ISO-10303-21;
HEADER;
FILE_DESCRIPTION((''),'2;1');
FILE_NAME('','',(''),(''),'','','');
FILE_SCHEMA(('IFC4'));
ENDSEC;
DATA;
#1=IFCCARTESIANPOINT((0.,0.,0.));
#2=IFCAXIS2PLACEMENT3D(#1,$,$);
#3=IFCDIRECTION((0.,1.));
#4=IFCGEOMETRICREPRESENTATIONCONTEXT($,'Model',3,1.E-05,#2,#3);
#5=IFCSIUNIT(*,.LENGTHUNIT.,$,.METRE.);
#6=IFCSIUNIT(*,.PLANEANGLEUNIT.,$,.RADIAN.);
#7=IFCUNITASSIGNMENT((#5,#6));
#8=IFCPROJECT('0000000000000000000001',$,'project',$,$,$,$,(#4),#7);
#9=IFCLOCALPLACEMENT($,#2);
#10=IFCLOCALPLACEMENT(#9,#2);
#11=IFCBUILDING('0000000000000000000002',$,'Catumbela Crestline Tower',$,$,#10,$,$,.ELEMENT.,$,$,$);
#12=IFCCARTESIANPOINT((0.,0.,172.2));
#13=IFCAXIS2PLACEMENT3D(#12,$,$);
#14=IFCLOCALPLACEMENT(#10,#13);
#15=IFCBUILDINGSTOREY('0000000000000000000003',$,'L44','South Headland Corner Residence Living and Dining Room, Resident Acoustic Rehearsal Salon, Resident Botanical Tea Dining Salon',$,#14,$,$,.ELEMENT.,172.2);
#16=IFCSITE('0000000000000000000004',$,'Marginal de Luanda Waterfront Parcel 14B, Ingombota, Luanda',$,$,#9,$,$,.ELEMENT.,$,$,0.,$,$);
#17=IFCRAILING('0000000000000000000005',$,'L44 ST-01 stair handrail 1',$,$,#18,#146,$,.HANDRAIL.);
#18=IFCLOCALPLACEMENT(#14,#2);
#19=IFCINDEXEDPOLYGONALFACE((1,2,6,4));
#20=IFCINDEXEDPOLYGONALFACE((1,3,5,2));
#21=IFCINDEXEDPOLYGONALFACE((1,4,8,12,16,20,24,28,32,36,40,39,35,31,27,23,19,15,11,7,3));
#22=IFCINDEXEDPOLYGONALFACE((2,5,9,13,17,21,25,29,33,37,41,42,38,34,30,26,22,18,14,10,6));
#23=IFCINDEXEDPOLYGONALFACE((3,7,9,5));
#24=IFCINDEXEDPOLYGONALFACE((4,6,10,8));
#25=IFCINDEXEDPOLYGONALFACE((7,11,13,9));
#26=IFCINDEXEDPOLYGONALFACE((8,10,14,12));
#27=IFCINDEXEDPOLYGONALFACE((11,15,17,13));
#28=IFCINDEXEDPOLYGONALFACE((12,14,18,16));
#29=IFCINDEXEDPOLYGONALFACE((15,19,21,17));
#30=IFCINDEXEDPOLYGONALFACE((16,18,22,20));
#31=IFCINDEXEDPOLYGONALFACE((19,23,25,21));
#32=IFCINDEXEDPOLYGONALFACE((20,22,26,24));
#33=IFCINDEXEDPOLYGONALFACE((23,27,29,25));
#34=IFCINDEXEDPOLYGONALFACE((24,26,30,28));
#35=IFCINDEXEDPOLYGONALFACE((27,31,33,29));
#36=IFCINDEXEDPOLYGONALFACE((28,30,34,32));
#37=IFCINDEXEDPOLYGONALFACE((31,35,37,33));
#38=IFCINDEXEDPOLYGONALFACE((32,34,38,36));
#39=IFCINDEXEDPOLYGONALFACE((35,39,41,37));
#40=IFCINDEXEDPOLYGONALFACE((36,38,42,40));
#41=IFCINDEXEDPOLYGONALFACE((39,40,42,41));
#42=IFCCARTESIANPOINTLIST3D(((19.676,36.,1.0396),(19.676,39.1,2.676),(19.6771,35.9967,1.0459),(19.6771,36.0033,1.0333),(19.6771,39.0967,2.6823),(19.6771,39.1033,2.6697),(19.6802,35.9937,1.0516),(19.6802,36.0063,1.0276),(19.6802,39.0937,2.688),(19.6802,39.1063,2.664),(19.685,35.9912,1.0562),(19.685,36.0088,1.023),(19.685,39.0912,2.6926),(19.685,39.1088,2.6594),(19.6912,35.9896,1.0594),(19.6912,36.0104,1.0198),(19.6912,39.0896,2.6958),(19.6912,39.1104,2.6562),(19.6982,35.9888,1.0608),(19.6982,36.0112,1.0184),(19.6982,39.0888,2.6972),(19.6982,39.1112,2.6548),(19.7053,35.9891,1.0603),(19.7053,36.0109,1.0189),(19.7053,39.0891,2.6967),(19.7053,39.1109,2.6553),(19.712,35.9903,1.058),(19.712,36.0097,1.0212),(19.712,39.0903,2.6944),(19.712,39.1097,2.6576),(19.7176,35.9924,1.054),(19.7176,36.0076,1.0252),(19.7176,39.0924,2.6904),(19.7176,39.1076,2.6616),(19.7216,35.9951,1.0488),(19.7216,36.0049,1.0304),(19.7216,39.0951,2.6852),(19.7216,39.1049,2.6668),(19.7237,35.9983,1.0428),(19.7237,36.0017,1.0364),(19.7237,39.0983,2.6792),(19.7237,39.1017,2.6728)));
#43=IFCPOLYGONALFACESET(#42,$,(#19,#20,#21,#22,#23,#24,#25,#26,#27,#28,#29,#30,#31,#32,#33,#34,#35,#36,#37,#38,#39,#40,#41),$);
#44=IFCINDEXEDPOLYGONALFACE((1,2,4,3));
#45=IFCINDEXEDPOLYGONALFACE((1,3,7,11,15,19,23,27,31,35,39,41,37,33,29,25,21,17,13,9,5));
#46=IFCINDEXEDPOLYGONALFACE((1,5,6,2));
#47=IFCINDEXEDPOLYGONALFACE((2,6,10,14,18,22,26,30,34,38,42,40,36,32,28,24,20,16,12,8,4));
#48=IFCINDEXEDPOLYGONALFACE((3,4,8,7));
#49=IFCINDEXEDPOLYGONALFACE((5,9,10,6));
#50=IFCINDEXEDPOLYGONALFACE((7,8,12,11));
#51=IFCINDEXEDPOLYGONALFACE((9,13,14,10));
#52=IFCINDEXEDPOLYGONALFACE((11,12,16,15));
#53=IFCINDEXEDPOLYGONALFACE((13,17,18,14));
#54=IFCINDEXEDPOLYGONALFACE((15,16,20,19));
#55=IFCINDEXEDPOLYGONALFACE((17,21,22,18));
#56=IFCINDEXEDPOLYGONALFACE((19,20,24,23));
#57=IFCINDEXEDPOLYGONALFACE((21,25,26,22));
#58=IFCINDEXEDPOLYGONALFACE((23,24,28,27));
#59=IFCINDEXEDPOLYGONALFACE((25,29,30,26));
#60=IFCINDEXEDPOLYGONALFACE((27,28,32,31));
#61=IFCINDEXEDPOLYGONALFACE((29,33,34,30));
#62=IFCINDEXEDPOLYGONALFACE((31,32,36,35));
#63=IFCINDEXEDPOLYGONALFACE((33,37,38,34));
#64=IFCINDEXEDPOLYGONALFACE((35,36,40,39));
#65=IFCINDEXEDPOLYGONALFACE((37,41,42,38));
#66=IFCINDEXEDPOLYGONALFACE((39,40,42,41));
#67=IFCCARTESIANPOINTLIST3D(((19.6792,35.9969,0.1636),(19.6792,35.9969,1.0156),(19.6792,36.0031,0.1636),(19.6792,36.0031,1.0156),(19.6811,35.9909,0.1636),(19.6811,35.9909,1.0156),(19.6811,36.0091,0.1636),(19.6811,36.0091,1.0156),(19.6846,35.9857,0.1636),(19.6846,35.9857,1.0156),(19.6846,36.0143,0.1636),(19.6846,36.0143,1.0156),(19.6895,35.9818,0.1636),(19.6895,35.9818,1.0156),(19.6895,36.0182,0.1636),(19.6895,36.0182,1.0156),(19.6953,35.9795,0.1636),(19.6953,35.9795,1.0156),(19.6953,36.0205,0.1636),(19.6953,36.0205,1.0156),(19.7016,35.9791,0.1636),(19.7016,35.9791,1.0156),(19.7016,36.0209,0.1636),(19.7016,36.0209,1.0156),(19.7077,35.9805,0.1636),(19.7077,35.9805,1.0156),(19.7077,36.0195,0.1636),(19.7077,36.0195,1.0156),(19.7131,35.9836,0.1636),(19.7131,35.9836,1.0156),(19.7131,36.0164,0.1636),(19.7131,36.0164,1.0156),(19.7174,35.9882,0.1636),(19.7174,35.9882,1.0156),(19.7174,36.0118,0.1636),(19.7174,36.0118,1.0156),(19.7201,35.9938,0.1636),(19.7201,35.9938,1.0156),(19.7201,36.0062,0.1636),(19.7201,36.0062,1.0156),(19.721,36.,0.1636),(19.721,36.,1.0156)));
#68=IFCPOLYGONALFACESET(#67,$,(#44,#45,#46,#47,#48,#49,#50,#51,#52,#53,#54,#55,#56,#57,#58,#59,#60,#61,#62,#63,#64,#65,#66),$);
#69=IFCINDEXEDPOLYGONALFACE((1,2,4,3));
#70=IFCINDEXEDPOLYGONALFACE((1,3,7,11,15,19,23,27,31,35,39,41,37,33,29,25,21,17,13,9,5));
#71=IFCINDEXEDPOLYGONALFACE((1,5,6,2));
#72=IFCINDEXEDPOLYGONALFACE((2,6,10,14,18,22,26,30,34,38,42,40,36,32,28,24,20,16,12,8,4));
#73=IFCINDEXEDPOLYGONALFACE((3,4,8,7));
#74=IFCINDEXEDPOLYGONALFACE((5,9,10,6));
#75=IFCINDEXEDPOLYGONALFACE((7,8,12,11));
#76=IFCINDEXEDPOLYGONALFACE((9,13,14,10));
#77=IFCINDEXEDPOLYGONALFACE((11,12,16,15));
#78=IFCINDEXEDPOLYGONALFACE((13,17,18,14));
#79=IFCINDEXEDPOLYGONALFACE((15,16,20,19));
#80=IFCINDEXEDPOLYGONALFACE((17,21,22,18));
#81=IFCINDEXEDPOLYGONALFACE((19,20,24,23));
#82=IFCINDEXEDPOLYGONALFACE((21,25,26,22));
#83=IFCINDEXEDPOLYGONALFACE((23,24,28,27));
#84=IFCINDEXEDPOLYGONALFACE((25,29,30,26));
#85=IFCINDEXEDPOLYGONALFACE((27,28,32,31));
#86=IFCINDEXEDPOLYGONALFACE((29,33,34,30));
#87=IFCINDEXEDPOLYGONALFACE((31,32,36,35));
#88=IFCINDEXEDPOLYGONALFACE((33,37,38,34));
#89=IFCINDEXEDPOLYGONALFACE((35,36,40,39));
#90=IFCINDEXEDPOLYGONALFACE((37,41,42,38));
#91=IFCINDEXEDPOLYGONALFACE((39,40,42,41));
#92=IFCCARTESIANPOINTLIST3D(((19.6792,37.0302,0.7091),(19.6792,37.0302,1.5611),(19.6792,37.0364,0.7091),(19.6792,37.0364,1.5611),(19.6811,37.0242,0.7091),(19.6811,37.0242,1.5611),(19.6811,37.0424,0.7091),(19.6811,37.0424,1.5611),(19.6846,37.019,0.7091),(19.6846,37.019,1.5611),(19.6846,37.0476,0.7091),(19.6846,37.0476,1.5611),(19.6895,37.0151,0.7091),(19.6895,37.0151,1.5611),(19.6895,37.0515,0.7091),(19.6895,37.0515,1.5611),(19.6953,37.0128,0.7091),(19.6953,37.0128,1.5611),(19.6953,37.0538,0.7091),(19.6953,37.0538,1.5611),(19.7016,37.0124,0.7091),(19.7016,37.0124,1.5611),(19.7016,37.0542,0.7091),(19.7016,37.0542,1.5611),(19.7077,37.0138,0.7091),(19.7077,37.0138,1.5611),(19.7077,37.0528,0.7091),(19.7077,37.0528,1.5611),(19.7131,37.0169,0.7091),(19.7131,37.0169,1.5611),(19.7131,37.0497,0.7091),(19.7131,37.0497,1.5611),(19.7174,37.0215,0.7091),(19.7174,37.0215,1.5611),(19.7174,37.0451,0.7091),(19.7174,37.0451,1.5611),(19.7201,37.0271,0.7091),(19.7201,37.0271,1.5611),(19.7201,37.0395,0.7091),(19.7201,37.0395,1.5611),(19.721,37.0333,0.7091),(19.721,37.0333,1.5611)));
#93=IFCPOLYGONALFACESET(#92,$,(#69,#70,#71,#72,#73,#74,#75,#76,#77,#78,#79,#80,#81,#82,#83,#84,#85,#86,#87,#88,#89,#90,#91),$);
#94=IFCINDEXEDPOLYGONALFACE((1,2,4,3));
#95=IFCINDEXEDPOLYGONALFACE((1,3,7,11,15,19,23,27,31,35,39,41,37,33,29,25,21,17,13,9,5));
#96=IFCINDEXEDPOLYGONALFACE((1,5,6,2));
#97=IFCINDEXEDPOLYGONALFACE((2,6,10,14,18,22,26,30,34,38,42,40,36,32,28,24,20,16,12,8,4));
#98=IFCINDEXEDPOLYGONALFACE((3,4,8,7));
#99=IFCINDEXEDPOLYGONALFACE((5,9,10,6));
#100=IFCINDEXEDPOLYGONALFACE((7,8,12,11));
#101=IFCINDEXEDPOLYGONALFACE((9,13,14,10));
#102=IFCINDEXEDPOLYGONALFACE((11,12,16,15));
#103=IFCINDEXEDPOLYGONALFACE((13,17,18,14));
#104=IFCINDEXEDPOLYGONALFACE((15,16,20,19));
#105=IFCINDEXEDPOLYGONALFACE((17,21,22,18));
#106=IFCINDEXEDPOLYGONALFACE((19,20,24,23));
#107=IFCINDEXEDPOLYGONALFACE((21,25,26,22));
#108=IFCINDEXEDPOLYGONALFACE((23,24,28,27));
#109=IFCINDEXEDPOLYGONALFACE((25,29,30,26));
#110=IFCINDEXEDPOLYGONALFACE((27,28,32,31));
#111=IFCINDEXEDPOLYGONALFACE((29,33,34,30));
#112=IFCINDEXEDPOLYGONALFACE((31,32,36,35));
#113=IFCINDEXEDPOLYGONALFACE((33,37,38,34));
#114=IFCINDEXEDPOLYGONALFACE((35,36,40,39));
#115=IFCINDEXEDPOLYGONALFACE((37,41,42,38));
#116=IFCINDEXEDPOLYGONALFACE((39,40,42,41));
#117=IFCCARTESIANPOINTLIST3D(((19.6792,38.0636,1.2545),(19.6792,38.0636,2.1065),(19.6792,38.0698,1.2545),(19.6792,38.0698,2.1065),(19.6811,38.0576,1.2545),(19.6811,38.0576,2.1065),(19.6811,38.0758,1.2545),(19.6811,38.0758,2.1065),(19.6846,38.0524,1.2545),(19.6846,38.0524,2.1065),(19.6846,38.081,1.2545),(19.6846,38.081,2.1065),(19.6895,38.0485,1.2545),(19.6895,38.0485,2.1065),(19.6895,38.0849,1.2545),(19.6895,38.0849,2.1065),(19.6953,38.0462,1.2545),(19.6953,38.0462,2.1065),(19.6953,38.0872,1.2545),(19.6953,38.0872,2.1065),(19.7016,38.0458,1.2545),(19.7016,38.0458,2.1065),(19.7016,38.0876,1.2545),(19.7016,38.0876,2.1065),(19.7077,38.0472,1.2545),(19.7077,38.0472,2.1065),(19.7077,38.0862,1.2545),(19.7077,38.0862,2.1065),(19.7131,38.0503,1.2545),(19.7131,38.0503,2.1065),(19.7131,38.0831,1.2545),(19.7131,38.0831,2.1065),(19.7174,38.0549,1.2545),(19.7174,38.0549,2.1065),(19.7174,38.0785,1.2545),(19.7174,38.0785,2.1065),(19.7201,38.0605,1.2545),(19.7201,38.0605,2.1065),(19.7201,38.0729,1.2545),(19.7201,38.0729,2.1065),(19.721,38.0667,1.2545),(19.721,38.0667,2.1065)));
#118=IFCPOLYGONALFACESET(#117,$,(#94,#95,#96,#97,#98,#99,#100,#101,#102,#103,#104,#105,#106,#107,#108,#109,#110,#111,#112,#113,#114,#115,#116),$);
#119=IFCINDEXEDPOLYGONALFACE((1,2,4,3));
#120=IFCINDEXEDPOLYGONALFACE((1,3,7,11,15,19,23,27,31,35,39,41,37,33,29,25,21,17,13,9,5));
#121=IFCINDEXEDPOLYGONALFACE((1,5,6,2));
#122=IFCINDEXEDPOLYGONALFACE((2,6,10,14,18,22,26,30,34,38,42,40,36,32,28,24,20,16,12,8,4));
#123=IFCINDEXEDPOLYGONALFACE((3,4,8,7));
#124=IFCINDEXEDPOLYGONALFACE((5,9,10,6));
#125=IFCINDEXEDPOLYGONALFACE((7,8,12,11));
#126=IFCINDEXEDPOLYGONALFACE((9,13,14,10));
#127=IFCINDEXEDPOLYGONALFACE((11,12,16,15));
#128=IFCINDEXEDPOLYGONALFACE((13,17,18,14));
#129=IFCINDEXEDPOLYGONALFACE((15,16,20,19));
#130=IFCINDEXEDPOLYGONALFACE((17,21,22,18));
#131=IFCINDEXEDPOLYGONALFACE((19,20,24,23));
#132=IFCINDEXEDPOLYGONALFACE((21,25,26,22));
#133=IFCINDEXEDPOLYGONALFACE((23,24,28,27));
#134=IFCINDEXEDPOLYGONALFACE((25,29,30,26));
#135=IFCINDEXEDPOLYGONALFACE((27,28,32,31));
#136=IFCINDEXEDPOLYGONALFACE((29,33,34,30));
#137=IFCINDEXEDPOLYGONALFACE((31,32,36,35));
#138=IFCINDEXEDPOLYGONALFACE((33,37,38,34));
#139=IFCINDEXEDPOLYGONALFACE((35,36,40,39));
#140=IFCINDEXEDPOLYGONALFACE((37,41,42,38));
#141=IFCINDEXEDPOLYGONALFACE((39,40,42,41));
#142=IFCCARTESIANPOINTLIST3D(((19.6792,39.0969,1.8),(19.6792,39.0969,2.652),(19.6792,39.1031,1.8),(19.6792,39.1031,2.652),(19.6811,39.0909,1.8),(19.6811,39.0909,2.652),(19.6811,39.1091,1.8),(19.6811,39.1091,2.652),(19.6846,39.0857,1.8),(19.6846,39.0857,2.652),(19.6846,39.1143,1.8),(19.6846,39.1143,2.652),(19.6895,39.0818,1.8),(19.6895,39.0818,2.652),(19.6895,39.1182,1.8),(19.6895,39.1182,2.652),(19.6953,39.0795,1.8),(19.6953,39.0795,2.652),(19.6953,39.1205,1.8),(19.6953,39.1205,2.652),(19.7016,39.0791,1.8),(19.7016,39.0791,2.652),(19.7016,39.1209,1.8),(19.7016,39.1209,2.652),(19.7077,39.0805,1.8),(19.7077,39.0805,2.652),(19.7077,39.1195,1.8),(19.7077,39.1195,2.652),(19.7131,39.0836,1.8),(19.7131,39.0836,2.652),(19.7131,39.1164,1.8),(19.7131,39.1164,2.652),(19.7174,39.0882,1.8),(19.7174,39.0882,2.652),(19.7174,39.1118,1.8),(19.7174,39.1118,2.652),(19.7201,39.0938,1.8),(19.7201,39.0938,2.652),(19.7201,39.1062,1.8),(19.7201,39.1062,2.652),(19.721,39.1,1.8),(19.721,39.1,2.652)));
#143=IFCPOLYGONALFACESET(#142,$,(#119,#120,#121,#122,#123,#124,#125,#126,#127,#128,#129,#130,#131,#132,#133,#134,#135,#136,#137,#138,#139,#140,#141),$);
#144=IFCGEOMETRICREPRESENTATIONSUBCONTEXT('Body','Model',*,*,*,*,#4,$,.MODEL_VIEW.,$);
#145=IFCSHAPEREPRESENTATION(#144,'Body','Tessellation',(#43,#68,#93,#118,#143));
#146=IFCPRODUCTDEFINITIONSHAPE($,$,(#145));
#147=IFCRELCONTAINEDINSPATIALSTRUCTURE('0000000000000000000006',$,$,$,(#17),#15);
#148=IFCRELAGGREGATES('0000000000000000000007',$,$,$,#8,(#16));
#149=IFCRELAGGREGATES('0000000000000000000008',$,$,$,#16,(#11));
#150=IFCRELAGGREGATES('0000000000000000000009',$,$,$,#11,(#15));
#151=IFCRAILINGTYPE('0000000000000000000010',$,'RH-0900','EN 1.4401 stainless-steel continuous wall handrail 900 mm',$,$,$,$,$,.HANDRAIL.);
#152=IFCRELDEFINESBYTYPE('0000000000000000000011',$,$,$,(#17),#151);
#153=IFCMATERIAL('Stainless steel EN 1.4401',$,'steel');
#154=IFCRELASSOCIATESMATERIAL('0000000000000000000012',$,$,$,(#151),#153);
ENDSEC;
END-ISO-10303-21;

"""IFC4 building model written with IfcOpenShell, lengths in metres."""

from ifc_helpers import new_model, si_unit, direction, frame, origin, origin_2d, place, context, subcontext, project, spatial, circle, extrude, material, type_object, element, save


model = new_model("IFC4")

# Units and contexts
model_context = context("Model", 3, precision=1e-05, world=origin(), true_north=direction((0.0, 1.0)))
body_context = subcontext(model_context, "Body", "Model", "MODEL_VIEW")
ifc_project = project(units=[si_unit("LENGTHUNIT", "METRE"), si_unit("PLANEANGLEUNIT", "RADIAN")], contexts=[model_context])

# Site, building, storey
site_placement = place(None, origin())
site = spatial("IfcSite", under=ifc_project, at=site_placement, Name="Marginal de Luanda Waterfront Parcel 14B, Ingombota, Luanda", CompositionType="ELEMENT", RefElevation=0.0)
building_placement = place(site_placement, origin())
building = spatial("IfcBuilding", under=site, at=building_placement, Name="Catumbela Crestline Tower", CompositionType="ELEMENT")
storey_placement = place(building_placement, frame((0.0, 0.0, 172.2)))
storey = spatial("IfcBuildingStorey", under=building, at=storey_placement, Name="L44", Description="South Headland Corner Residence Living and Dining Room, Resident Acoustic Rehearsal Salon, Resident Botanical Tea Dining Salon", CompositionType="ELEMENT", Elevation=172.2)

# Shared definitions
ifc_material_1 = material(Name="Stainless steel EN 1.4401", Category="steel")

# Railing
railing_type_1 = type_object("IfcRailingType", Name="RH-0900", Description="EN 1.4401 stainless-steel continuous wall handrail 900 mm", PredefinedType="HANDRAIL", material=ifc_material_1)
railing_1_placement = place(storey_placement, frame((19.7, 36.0, 0.1636)))
element("IfcRailing", 1, at=railing_1_placement, inside=storey, type_object=railing_type_1, Name="L44 ST-01 stair handrail 1", PredefinedType="HANDRAIL", context=body_context, shape_type="SweptSolid", body=[
    extrude(circle(Radius=0.024, at=origin_2d()), frame((0.0, 0.0, 0.876), z_axis=(0.0, 0.884351, 0.466823), x_axis=(-1.0, 0.0, 0.0)), (0.0, 0.0, 1.0), 3.5054),
    extrude(circle(Radius=0.021, at=origin_2d()), origin(), (0.0, 0.0, 1.0), 0.852),
    extrude(circle(Radius=0.021, at=origin_2d()), frame((0.0, 1.0333, 0.5455)), (0.0, 0.0, 1.0), 0.852),
    extrude(circle(Radius=0.021, at=origin_2d()), frame((0.0, 2.0667, 1.0909)), (0.0, 0.0, 1.0), 0.852),
    extrude(circle(Radius=0.021, at=origin_2d()), frame((0.0, 3.1, 1.6364)), (0.0, 0.0, 1.0), 0.852),
])

save(model, "model.ifc")
